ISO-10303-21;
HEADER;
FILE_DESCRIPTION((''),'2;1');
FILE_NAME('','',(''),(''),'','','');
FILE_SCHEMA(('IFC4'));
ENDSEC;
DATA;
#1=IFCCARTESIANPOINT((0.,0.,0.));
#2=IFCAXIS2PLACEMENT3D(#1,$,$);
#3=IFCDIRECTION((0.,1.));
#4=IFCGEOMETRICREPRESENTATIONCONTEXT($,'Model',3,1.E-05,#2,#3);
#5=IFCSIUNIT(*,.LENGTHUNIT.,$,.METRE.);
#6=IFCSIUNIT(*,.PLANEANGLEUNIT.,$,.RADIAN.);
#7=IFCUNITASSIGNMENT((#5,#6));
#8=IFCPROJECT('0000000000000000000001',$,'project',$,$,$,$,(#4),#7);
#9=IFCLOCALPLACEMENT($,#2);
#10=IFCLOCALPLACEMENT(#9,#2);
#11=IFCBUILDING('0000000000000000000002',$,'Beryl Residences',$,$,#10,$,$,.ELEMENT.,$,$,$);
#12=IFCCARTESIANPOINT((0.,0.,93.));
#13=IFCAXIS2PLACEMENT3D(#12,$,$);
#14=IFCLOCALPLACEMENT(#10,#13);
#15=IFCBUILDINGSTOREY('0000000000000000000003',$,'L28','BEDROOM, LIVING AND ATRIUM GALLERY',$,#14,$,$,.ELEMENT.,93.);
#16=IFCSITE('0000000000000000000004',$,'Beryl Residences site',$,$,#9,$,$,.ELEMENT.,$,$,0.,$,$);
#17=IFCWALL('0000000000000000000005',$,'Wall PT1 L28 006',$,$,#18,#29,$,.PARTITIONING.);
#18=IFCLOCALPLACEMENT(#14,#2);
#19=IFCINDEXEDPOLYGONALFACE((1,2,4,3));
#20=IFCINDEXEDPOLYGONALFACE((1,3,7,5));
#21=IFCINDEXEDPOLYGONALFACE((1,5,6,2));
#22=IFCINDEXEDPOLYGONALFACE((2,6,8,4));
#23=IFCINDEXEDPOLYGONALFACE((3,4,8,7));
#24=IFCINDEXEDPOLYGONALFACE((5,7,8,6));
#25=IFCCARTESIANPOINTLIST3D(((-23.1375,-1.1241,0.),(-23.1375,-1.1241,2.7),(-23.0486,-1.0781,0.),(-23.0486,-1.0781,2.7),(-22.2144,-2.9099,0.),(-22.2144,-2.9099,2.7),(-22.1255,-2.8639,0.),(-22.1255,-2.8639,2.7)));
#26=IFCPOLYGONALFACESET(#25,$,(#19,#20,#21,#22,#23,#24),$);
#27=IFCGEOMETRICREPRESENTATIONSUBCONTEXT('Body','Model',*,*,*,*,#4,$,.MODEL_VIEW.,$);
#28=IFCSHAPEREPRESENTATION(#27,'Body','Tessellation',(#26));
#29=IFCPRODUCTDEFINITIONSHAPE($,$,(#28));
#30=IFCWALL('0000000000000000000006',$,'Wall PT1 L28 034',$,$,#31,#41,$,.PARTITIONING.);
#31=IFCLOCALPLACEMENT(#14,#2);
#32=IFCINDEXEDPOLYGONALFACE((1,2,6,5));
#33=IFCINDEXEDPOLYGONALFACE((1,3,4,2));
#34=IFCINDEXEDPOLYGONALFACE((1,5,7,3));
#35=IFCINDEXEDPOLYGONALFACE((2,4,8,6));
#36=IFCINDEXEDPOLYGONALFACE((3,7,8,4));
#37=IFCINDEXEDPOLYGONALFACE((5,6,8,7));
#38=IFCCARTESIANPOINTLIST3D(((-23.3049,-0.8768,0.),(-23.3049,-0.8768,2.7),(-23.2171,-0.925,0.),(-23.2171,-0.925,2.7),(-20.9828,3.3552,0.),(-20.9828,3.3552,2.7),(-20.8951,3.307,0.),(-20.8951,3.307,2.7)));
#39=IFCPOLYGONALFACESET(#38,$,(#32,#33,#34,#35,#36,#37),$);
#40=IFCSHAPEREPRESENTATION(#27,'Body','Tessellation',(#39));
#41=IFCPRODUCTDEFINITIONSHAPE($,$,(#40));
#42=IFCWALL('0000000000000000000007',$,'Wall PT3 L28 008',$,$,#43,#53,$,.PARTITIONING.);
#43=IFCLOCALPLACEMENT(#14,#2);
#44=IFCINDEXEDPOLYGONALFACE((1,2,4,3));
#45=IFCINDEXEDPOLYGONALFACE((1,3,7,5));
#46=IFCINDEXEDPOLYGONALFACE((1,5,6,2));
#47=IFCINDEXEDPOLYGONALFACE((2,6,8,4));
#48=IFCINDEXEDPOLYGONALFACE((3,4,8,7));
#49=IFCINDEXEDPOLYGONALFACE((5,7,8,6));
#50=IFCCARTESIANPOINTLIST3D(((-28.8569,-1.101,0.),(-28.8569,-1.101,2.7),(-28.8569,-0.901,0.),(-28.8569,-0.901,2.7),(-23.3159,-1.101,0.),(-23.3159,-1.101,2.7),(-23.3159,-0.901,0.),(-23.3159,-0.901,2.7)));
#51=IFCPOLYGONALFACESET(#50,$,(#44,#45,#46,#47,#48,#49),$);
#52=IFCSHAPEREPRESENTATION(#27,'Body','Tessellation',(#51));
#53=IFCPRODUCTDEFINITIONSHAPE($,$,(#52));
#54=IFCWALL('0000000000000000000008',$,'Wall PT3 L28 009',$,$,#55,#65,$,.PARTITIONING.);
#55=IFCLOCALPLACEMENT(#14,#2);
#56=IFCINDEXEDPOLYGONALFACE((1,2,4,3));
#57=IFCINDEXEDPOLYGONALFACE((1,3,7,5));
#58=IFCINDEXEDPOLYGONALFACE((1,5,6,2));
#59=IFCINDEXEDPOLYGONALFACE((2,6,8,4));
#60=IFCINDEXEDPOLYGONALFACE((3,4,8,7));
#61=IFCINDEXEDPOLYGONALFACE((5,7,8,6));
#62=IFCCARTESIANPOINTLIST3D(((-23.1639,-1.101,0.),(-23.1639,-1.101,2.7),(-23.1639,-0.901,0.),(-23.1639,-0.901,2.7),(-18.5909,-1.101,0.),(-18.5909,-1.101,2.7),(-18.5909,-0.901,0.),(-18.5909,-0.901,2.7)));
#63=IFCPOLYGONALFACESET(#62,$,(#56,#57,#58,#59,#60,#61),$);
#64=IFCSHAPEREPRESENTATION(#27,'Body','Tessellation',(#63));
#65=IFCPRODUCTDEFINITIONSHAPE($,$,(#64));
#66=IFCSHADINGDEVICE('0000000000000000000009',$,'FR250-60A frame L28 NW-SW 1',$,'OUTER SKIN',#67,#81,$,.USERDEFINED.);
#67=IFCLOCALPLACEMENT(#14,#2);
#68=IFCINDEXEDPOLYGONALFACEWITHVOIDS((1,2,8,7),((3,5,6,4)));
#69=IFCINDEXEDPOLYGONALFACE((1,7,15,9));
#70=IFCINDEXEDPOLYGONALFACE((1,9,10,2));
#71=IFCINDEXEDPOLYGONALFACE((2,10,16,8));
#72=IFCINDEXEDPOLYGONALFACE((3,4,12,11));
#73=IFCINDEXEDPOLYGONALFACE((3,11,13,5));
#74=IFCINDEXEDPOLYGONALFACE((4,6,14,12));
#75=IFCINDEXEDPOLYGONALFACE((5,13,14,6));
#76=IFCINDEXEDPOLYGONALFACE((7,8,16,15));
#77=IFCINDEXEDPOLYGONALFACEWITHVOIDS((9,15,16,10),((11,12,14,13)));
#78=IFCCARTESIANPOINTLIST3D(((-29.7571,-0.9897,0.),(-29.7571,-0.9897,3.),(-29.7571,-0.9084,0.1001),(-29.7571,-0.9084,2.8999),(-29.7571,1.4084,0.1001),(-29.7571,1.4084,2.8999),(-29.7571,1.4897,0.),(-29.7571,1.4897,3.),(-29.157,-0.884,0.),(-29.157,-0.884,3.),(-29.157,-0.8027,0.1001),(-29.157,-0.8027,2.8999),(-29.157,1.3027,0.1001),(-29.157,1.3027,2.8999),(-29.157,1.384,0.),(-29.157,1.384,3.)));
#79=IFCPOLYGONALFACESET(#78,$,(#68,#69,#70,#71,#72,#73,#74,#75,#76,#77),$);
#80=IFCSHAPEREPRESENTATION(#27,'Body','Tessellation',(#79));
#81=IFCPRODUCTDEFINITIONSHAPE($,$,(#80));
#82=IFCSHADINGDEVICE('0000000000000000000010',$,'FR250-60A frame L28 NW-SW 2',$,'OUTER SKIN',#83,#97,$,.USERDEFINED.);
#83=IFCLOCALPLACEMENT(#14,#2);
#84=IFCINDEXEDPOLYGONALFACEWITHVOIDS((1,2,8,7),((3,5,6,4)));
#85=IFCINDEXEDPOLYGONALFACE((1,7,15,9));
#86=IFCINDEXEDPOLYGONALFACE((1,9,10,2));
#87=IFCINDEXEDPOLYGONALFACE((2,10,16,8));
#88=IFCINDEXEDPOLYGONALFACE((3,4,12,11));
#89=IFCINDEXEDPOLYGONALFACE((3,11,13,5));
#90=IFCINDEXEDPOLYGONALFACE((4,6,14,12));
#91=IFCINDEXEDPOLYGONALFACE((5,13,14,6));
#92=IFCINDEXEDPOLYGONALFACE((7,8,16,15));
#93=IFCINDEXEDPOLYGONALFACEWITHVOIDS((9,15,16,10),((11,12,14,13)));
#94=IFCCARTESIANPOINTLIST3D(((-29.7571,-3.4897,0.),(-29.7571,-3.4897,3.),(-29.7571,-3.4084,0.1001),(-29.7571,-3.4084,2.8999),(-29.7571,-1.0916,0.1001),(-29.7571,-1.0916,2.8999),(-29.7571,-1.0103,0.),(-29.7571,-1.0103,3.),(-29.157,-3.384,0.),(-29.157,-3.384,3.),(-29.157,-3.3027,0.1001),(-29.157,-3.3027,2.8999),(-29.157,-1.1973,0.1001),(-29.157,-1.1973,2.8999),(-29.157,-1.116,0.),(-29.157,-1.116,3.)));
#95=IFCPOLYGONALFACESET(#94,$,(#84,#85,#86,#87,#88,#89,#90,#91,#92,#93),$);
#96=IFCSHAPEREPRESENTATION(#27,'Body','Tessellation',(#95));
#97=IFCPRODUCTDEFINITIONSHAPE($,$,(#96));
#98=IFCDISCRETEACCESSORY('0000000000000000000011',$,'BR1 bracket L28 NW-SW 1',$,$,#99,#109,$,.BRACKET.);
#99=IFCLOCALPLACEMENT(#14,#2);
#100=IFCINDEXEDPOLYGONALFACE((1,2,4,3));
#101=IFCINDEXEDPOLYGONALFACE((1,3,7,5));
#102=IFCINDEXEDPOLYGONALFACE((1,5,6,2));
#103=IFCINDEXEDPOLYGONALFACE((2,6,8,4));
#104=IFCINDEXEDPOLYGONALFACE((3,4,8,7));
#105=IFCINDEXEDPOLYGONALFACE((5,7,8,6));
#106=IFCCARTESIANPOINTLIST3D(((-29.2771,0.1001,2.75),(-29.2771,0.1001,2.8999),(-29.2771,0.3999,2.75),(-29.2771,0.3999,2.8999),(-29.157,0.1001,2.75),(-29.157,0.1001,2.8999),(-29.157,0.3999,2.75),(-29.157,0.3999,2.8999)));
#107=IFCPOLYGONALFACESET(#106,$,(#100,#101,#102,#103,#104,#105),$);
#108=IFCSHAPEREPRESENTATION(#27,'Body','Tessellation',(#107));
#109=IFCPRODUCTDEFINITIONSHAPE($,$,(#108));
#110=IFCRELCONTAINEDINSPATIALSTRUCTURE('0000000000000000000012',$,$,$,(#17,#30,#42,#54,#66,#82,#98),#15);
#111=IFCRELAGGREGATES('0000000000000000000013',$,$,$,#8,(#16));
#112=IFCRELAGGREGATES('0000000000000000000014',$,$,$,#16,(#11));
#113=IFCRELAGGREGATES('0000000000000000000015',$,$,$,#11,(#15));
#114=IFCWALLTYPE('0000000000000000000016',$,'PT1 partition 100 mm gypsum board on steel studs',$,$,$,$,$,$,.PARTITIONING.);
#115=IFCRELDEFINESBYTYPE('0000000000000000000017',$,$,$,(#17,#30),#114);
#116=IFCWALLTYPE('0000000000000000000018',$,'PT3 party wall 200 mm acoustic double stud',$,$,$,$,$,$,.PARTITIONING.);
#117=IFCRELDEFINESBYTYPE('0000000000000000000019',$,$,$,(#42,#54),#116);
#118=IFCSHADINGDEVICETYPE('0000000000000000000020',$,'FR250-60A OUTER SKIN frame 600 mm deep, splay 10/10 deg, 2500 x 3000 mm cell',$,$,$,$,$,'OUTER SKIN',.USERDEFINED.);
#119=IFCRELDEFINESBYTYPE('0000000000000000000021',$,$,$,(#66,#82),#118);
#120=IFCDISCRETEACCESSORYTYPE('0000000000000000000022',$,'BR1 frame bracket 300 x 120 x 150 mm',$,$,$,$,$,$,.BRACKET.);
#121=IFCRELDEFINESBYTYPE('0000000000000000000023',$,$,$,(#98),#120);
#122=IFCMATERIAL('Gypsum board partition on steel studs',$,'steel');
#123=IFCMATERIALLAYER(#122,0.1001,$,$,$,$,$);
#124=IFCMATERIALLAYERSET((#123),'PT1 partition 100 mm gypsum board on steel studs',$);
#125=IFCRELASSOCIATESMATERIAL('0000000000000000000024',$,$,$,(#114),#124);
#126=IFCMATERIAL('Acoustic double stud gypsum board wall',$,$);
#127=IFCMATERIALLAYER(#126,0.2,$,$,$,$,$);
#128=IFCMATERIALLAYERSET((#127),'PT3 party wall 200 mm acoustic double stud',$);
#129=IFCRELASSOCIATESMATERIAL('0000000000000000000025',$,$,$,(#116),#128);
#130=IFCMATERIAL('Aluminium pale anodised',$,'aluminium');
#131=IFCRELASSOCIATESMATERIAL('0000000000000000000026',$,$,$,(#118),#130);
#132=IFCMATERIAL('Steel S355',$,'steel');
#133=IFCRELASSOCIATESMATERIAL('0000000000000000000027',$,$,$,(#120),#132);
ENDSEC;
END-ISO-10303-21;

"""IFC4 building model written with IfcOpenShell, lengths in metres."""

from ifc_helpers import new_model, entity, si_unit, direction, frame, frame_2d, origin, place, context, subcontext, project, spatial, polyline, rectangle, outline, extrude, source, transform, mapped, material, layer, layer_set, type_object, type_shapes, element, save


model = new_model("IFC4")

# Units and contexts
model_context = context("Model", 3, precision=1e-05, world=origin(), true_north=direction((0.0, 1.0)))
body_context = subcontext(model_context, "Body", "Model", "MODEL_VIEW")
ifc_project = project(units=[si_unit("LENGTHUNIT", "METRE"), si_unit("PLANEANGLEUNIT", "RADIAN")], contexts=[model_context])

# Site, building, storey
site_placement = place(None, origin())
site = spatial("IfcSite", under=ifc_project, at=site_placement, Name="Beryl Residences site", CompositionType="ELEMENT", RefElevation=0.0)
building_placement = place(site_placement, origin())
building = spatial("IfcBuilding", under=site, at=building_placement, Name="Beryl Residences", CompositionType="ELEMENT")
storey_placement = place(building_placement, frame((0.0, 0.0, 93.0)))
storey = spatial("IfcBuildingStorey", under=building, at=storey_placement, Name="L28", Description="BEDROOM, LIVING AND ATRIUM GALLERY", CompositionType="ELEMENT", Elevation=93.0)

# Walls
ifc_material_1 = material(Name="Gypsum board partition on steel studs", Category="steel")
ifc_layer_1 = layer(ifc_material_1, 0.1001)
ifc_layer_set_1 = layer_set([ifc_layer_1], Name="PT1 partition 100 mm gypsum board on steel studs")
wall_type_1 = type_object("IfcWallType", Name="PT1 partition 100 mm gypsum board on steel studs", PredefinedType="PARTITIONING", material=ifc_layer_set_1)
wall_1_placement = place(storey_placement, frame((-23.093, -1.1011, 0.0), z_axis=(0.0, 0.0, 1.0), x_axis=(0.459172, -0.888347, 0.0)))
element("IfcWall", 1, at=wall_1_placement, inside=storey, type_object=wall_type_1, Name="Wall PT1 L28 006", PredefinedType="PARTITIONING", context=body_context, shape_type="SweptSolid", body=[
    extrude(rectangle(XDim=2.0103, YDim=0.1001, at=frame_2d((1.0051, 0.0))), origin(), (0.0, 0.0, 1.0), 2.7),
])
wall_2_placement = place(storey_placement, frame((-23.261, -0.9009, 0.0), z_axis=(0.0, 0.0, 1.0), x_axis=(0.481037, 0.8767, 0.0)))
element("IfcWall", 2, at=wall_2_placement, inside=storey, type_object=wall_type_1, Name="Wall PT1 L28 034", PredefinedType="PARTITIONING", context=body_context, shape_type="SweptSolid", body=[
    extrude(rectangle(XDim=4.8271, YDim=0.1001, at=frame_2d((2.4136, 0.0))), origin(), (0.0, 0.0, 1.0), 2.7),
])
ifc_material_2 = material(Name="Acoustic double stud gypsum board wall")
ifc_layer_2 = layer(ifc_material_2, 0.2)
ifc_layer_set_2 = layer_set([ifc_layer_2], Name="PT3 party wall 200 mm acoustic double stud")
wall_type_2 = type_object("IfcWallType", Name="PT3 party wall 200 mm acoustic double stud", PredefinedType="PARTITIONING", material=ifc_layer_set_2)
wall_3_placement = place(storey_placement, frame((-28.8569, -1.001, 0.0), z_axis=(0.0, 0.0, 1.0), x_axis=(1.0, 0.0, 0.0)))
element("IfcWall", 3, at=wall_3_placement, inside=storey, type_object=wall_type_2, Name="Wall PT3 L28 008", PredefinedType="PARTITIONING", context=body_context, shape_type="SweptSolid", body=[
    extrude(rectangle(XDim=5.541, YDim=0.2, at=frame_2d((2.7705, 0.0))), origin(), (0.0, 0.0, 1.0), 2.7),
])
wall_4_placement = place(storey_placement, frame((-23.1641, -1.001, 0.0), z_axis=(0.0, 0.0, 1.0), x_axis=(1.0, 0.0, 0.0)))
element("IfcWall", 4, at=wall_4_placement, inside=storey, type_object=wall_type_2, Name="Wall PT3 L28 009", PredefinedType="PARTITIONING", context=body_context, shape_type="SweptSolid", body=[
    extrude(rectangle(XDim=4.573, YDim=0.2, at=frame_2d((2.2866, 0.0))), origin(), (0.0, 0.0, 1.0), 2.7),
])

# Shading devices
ifc_material_3 = material(Name="Aluminium pale anodised", Category="aluminium")
shading_device_type = type_object("IfcShadingDeviceType", Name="FR250-60A OUTER SKIN frame 600 mm deep, splay 10/10 deg, 2500 x 3000 mm cell", ElementType="OUTER SKIN", PredefinedType="USERDEFINED", material=ifc_material_3)
cartesian_point_1 = entity("IfcCartesianPoint", [-1.134, 0.0])
cartesian_point_2 = entity("IfcCartesianPoint", [-1.0527, 0.1001])
cartesian_point_3 = entity("IfcCartesianPoint", [-1.2397, 0.0])
cartesian_point_4 = entity("IfcCartesianPoint", [-1.1584, 0.1001])
shared_shape_1 = source(origin(), body_context, "Body", "SweptSolid", [
    entity("IfcExtrudedAreaSolidTapered", entity("IfcArbitraryProfileDefWithVoids", "AREA", None, entity("IfcPolyline", [cartesian_point_1, entity("IfcCartesianPoint", [1.134, 0.0]), entity("IfcCartesianPoint", [1.134, 3.0]), entity("IfcCartesianPoint", [-1.134, 3.0]), cartesian_point_1]), [entity("IfcPolyline", [cartesian_point_2, entity("IfcCartesianPoint", [1.0527, 0.1001]), entity("IfcCartesianPoint", [1.0527, 2.8999]), entity("IfcCartesianPoint", [-1.0527, 2.8999]), cartesian_point_2])]), entity("IfcAxis2Placement3D", entity("IfcCartesianPoint", [0.0, 0.0, 0.0]), entity("IfcDirection", [0.0, 1.0, 0.0]), entity("IfcDirection", [-1.0, 0.0, 0.0])), entity("IfcDirection", [0.0, 0.0, 1.0]), 0.6001, entity("IfcArbitraryProfileDefWithVoids", "AREA", None, entity("IfcPolyline", [cartesian_point_3, entity("IfcCartesianPoint", [1.2397, 0.0]), entity("IfcCartesianPoint", [1.2397, 3.0]), entity("IfcCartesianPoint", [-1.2397, 3.0]), cartesian_point_3]), [entity("IfcPolyline", [cartesian_point_4, entity("IfcCartesianPoint", [1.1584, 0.1001]), entity("IfcCartesianPoint", [1.1584, 2.8999]), entity("IfcCartesianPoint", [-1.1584, 2.8999]), cartesian_point_4])])),
])
type_shapes(shading_device_type, [shared_shape_1])
for number, where, z_axis, x_axis, name in (
    (5, (-29.157, 0.25, 0.0), (0.0, 0.0, 1.0), (0.0, 1.0, 0.0), "FR250-60A frame L28 NW-SW 1"),
    (6, (-29.157, -2.25, 0.0), (0.0, 0.0, 1.0), (0.0, 1.0, 0.0), "FR250-60A frame L28 NW-SW 2"),
):
    element("IfcShadingDevice", number, at=place(storey_placement, frame(where, z_axis=z_axis, x_axis=x_axis)), inside=storey, type_object=shading_device_type, Name=name, ObjectType="OUTER SKIN", PredefinedType="USERDEFINED", context=body_context, shape_type="MappedRepresentation", body=[
        mapped(shared_shape_1, transform((0.0, 0.0, 0.0))),
    ])

# Discrete accessory
ifc_material_4 = material(Name="Steel S355", Category="steel")
discrete_accessory_type = type_object("IfcDiscreteAccessoryType", Name="BR1 frame bracket 300 x 120 x 150 mm", PredefinedType="BRACKET", material=ifc_material_4)
shared_shape_2 = source(origin(), body_context, "Body", "SweptSolid", [
    extrude(outline(polyline([(-0.1499, 0.0), (0.1499, 0.0), (0.1499, 0.1201), (-0.1499, 0.1201), (-0.1499, 0.0)])), origin(), (0.0, 0.0, 1.0), 0.1499),
])
type_shapes(discrete_accessory_type, [shared_shape_2])
discrete_accessory_placement = place(storey_placement, frame((-29.157, 0.25, 2.75), z_axis=(0.0, 0.0, 1.0), x_axis=(0.0, 1.0, 0.0)))
element("IfcDiscreteAccessory", 7, at=discrete_accessory_placement, inside=storey, type_object=discrete_accessory_type, Name="BR1 bracket L28 NW-SW 1", PredefinedType="BRACKET", context=body_context, shape_type="MappedRepresentation", body=[
    mapped(shared_shape_2, transform((0.0, 0.0, 0.0))),
])

save(model, "model.ifc")
